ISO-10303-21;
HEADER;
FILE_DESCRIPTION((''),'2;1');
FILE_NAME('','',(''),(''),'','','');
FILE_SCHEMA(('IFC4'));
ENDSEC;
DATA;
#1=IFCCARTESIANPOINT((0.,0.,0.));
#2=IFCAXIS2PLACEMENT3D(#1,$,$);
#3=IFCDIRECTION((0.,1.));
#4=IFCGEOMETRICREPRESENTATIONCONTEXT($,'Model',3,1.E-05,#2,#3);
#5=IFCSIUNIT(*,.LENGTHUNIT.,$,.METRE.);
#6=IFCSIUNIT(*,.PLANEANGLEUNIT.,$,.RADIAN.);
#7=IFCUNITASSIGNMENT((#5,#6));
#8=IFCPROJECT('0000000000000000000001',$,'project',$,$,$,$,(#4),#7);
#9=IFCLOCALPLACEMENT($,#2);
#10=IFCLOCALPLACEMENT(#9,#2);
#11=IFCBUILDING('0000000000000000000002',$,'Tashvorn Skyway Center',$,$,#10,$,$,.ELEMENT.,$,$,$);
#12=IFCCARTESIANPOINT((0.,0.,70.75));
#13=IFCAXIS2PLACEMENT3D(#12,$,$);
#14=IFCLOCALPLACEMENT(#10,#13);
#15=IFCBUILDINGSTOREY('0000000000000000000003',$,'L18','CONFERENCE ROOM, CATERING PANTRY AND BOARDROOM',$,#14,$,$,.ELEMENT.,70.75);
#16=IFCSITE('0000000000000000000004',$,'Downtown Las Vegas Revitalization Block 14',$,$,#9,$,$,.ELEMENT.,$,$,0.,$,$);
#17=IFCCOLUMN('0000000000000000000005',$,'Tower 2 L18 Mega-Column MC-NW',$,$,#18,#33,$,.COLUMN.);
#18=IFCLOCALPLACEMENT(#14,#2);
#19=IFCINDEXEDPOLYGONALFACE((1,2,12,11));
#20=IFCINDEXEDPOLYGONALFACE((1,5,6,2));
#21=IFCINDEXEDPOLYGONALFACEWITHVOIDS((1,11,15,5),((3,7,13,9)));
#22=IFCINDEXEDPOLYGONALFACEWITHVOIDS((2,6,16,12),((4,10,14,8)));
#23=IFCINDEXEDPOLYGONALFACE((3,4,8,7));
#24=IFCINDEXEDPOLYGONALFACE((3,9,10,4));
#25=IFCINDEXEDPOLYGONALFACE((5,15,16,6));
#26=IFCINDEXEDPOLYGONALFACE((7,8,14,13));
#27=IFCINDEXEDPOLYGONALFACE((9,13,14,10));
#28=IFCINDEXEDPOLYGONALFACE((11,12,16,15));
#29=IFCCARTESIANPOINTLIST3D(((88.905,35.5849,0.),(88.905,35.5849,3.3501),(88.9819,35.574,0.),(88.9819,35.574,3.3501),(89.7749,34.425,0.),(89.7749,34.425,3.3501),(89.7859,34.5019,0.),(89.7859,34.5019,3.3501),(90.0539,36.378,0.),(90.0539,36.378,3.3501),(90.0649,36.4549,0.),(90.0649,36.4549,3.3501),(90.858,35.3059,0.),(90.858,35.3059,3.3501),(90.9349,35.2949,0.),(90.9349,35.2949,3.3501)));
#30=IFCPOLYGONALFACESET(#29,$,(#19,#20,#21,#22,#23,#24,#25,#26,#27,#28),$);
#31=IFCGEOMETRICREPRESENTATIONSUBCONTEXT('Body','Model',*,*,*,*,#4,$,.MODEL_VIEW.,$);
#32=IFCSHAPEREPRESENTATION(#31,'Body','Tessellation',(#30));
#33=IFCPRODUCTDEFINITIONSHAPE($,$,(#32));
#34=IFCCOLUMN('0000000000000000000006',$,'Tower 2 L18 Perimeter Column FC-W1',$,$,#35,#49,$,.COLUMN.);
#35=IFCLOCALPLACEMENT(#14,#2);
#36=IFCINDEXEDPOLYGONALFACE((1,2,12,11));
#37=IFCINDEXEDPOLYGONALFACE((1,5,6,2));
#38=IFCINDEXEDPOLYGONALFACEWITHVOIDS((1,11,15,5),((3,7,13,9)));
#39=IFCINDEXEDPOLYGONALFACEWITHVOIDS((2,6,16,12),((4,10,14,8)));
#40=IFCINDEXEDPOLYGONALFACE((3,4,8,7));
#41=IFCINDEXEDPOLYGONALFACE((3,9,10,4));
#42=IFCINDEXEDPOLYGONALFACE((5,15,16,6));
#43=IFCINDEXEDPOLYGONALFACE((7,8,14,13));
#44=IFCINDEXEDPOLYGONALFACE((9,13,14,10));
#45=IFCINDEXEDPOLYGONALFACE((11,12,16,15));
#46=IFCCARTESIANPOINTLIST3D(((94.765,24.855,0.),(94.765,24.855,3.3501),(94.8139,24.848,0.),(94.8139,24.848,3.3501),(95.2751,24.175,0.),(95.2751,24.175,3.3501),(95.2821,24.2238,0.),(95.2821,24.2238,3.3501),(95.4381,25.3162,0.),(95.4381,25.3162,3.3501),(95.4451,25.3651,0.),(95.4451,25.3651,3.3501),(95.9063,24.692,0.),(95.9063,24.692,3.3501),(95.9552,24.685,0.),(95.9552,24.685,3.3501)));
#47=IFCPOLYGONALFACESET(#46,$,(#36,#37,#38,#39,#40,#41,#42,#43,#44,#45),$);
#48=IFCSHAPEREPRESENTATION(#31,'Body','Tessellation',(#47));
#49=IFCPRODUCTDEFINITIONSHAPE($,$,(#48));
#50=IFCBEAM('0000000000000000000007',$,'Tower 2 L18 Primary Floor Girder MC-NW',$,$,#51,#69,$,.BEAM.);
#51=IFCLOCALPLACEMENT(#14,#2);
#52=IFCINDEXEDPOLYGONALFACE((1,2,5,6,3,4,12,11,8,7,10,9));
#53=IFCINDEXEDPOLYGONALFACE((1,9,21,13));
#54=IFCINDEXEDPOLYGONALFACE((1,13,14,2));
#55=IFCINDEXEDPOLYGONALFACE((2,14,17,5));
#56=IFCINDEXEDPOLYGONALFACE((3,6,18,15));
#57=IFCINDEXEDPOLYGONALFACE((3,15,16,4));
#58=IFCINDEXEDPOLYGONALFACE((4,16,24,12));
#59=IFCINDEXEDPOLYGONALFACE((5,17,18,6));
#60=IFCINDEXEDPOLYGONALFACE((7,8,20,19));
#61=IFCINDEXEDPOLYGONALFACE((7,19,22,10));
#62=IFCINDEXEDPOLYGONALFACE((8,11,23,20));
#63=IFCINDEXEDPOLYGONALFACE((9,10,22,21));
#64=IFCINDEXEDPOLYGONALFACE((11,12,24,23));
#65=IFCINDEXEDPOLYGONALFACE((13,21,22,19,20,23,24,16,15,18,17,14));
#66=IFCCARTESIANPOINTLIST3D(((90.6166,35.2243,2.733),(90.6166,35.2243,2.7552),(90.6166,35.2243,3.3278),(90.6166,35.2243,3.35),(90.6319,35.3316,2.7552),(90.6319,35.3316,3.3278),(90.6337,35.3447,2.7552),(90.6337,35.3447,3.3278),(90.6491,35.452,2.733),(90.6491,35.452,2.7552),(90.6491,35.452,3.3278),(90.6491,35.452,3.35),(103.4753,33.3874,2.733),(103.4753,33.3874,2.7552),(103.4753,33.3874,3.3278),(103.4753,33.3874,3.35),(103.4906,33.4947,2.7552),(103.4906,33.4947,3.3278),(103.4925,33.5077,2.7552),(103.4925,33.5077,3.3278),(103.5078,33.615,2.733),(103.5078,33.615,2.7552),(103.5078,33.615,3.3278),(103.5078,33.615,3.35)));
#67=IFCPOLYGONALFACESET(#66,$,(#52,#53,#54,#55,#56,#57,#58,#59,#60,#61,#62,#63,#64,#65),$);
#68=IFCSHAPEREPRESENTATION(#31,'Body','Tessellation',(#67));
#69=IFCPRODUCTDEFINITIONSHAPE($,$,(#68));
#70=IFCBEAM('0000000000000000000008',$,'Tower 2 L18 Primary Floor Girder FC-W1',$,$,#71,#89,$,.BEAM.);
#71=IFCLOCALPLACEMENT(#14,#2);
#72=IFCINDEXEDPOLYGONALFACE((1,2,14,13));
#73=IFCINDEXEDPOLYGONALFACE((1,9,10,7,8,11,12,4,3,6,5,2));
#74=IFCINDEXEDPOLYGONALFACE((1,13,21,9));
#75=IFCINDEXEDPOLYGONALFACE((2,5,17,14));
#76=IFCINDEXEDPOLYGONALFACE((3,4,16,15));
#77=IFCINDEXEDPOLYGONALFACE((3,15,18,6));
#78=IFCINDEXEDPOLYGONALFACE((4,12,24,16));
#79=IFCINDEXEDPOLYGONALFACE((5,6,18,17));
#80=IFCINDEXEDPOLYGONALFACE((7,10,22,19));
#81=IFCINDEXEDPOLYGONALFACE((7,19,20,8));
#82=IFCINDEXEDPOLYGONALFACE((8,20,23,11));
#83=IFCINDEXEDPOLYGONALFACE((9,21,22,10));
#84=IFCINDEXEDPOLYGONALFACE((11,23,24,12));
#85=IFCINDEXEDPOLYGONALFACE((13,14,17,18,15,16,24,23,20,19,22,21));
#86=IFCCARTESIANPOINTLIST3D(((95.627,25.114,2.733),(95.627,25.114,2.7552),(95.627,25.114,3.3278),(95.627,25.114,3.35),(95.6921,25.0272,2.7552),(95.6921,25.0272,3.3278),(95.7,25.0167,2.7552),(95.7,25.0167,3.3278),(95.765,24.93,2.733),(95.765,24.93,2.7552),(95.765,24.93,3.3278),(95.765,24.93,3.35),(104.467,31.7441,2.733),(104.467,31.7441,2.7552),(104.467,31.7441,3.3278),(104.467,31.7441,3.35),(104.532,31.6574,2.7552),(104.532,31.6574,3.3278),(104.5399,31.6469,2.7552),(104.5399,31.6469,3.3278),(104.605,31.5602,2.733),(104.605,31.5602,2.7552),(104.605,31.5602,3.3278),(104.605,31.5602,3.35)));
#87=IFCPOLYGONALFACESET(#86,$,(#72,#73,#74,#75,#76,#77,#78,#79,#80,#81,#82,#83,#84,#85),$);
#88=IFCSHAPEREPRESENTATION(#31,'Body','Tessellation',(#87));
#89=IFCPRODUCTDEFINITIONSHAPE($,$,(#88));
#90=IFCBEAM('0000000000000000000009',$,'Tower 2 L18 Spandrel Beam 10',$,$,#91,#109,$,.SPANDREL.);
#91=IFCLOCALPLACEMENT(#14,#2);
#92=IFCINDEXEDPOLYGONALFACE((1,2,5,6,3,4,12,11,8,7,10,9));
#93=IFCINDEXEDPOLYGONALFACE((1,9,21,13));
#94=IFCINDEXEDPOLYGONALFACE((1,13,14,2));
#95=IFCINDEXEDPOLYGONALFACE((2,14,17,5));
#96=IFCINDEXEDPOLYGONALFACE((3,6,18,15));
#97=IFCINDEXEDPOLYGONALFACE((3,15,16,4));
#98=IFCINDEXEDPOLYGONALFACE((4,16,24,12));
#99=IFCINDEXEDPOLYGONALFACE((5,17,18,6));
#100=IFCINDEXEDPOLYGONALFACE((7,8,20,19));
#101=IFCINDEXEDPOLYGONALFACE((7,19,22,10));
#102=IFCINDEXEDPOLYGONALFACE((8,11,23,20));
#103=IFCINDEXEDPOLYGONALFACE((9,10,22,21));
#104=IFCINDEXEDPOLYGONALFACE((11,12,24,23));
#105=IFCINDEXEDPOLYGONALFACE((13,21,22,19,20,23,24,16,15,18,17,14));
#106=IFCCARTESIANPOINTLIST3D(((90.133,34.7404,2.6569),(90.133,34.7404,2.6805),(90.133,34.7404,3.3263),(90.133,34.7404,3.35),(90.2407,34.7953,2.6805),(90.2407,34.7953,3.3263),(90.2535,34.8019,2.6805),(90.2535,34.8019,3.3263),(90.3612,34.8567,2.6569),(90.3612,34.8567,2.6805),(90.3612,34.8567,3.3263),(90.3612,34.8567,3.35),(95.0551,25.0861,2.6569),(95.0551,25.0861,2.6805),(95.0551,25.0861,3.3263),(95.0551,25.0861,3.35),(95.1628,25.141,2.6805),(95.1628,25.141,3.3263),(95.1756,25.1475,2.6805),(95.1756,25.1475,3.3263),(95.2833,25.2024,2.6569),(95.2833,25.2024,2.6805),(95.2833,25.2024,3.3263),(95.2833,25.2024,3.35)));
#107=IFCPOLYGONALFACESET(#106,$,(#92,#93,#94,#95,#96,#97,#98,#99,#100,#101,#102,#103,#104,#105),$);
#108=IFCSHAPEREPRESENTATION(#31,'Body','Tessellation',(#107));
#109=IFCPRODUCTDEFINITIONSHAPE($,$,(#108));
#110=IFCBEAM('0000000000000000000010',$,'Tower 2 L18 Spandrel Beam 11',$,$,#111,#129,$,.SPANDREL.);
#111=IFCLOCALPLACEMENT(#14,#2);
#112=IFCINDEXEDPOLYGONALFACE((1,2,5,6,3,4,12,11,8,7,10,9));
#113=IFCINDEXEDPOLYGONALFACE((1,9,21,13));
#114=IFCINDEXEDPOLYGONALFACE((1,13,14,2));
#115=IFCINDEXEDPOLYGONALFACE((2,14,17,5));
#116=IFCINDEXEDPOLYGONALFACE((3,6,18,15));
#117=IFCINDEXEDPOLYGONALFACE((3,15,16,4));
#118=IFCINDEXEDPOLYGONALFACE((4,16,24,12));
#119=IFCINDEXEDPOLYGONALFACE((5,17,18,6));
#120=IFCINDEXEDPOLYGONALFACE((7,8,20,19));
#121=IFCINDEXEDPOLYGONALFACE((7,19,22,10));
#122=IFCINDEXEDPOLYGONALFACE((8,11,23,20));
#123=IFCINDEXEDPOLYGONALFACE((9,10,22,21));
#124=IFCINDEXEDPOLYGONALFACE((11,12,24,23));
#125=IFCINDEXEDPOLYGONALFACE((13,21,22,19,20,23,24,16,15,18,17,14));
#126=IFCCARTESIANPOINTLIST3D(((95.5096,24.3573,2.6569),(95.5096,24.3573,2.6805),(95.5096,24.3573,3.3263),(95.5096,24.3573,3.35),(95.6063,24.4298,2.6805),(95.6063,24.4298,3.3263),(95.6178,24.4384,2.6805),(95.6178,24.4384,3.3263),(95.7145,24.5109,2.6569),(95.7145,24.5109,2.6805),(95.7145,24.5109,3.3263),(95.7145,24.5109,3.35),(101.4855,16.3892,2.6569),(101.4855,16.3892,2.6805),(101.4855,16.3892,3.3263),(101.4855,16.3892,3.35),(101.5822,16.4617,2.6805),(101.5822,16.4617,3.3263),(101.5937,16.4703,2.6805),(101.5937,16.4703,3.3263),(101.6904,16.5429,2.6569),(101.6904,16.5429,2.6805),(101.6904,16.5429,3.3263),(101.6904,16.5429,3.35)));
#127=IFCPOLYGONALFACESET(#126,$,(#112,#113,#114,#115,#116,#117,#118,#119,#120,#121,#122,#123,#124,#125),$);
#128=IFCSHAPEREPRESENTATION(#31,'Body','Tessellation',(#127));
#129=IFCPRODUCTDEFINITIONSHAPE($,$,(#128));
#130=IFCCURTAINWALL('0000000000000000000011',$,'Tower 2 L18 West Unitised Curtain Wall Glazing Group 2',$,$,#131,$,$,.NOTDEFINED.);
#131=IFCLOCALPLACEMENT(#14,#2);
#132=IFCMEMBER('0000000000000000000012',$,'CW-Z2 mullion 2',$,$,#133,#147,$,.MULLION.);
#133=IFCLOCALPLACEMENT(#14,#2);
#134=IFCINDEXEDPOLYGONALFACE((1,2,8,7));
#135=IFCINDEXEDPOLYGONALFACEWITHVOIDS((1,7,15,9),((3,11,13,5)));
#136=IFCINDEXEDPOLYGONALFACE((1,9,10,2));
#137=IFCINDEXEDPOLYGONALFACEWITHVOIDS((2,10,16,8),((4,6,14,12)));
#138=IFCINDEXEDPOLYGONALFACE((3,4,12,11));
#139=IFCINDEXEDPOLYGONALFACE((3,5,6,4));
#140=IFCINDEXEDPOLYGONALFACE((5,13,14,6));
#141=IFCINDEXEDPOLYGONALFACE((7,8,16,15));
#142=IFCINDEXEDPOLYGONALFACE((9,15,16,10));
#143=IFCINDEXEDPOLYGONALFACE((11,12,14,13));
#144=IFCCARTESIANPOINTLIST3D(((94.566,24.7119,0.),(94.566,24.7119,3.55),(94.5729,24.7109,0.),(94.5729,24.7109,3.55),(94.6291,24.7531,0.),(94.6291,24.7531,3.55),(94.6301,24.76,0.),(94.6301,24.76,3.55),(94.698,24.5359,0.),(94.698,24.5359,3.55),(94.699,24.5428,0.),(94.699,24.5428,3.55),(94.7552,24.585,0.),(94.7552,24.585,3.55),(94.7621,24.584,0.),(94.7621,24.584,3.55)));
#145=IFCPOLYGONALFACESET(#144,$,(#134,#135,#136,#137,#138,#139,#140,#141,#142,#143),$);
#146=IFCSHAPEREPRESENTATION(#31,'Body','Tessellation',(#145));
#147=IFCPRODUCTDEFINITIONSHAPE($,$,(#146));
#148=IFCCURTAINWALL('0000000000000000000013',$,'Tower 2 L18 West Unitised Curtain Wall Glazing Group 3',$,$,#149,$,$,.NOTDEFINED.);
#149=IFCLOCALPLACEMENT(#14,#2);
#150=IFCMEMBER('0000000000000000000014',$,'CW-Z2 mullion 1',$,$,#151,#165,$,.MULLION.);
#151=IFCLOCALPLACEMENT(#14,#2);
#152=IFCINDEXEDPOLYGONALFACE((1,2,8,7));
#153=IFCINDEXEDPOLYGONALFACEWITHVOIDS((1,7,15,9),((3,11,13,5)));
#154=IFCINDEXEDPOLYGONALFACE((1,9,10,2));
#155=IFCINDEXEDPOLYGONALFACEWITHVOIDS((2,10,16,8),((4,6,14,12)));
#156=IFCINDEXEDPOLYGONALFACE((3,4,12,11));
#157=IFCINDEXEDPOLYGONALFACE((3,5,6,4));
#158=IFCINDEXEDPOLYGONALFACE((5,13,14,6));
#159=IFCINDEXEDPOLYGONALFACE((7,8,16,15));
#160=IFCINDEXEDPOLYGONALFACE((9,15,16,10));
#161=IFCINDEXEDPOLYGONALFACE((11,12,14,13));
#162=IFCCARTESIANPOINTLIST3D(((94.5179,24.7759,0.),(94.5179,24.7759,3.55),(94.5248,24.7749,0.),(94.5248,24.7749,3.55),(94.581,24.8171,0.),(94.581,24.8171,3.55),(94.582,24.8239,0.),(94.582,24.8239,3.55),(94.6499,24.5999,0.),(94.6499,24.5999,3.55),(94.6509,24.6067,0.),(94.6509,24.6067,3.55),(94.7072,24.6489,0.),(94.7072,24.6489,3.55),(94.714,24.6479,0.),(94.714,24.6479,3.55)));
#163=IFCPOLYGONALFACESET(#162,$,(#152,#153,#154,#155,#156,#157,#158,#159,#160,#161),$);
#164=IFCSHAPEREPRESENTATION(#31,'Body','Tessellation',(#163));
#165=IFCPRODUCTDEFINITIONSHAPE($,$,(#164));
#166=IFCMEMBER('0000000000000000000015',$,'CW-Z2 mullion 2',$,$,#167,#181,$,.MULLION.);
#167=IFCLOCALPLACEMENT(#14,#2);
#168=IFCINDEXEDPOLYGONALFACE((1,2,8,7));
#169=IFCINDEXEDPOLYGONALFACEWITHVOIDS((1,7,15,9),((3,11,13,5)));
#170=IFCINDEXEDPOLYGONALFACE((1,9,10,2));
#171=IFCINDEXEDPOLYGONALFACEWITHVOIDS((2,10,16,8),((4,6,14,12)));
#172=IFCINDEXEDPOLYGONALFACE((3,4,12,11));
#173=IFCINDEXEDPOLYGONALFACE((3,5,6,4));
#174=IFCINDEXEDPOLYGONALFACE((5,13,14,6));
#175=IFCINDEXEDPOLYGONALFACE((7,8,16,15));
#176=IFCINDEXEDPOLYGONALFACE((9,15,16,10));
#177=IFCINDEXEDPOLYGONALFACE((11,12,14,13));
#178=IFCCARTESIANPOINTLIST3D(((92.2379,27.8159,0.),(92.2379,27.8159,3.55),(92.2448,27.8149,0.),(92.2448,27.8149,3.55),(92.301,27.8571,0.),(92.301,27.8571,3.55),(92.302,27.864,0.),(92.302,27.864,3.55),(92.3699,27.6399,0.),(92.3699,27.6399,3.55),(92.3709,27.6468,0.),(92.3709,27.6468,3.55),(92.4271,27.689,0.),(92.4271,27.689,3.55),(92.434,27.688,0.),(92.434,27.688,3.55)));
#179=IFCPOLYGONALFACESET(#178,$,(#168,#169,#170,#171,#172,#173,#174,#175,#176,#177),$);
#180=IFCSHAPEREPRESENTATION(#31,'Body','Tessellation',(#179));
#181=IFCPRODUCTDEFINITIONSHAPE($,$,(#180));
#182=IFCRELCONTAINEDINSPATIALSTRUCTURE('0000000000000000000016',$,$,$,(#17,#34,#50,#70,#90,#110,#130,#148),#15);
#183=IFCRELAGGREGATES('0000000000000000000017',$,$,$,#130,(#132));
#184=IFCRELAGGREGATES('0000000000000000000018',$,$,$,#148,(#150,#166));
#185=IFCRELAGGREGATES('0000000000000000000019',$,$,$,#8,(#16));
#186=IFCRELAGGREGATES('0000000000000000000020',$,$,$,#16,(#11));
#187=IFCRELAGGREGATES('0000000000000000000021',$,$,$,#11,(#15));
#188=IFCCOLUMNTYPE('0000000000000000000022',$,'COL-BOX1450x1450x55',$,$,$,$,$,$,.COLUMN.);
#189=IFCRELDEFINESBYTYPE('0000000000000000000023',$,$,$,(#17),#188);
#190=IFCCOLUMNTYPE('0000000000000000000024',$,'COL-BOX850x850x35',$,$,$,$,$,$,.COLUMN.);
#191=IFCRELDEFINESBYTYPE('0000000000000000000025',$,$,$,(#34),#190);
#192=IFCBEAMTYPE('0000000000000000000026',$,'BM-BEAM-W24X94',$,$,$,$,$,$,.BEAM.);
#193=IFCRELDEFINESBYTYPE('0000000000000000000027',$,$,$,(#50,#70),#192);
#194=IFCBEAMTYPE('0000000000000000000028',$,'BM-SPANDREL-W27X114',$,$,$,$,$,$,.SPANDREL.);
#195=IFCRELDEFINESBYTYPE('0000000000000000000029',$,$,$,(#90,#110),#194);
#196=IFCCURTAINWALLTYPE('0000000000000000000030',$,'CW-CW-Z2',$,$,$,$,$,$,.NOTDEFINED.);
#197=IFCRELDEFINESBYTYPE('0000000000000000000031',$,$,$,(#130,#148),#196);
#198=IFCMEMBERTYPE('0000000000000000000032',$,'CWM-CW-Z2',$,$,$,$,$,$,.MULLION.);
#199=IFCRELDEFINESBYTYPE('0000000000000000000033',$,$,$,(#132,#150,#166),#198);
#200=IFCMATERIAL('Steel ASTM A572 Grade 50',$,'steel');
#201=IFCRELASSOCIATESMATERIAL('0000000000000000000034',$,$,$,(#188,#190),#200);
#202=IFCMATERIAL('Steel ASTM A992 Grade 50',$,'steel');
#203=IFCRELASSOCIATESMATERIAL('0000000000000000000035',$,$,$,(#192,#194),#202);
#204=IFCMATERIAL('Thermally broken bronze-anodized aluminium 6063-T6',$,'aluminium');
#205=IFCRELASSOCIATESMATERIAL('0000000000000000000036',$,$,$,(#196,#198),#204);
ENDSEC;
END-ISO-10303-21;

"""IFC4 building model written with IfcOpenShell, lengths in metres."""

from ifc_helpers import new_model, si_unit, direction, frame, origin, origin_2d, place, context, subcontext, project, spatial, hollow_rectangle, i_section, extrude, material, material_profile, profile_set, type_object, element, aggregate, save


model = new_model("IFC4")

# Units and contexts
model_context = context("Model", 3, precision=1e-05, world=origin(), true_north=direction((0.0, 1.0)))
body_context = subcontext(model_context, "Body", "Model", "MODEL_VIEW")
ifc_project = project(units=[si_unit("LENGTHUNIT", "METRE"), si_unit("PLANEANGLEUNIT", "RADIAN")], contexts=[model_context])

# Site, building, storey
site_placement = place(None, origin())
site = spatial("IfcSite", under=ifc_project, at=site_placement, Name="Downtown Las Vegas Revitalization Block 14", CompositionType="ELEMENT", RefElevation=0.0)
building_placement = place(site_placement, origin())
building = spatial("IfcBuilding", under=site, at=building_placement, Name="Tashvorn Skyway Center", CompositionType="ELEMENT")
storey_placement = place(building_placement, frame((0.0, 0.0, 70.75)))
storey = spatial("IfcBuildingStorey", under=building, at=storey_placement, Name="L18", Description="CONFERENCE ROOM, CATERING PANTRY AND BOARDROOM", CompositionType="ELEMENT", Elevation=70.75)

# Columns
ifc_material_1 = material(Name="Steel ASTM A572 Grade 50", Category="steel")
ifc_material_profile_1 = material_profile(ifc_material_1, hollow_rectangle(XDim=1.45, YDim=1.45, WallThickness=0.0549, at=origin_2d()), Name="BOX1450x1450x55")
ifc_profile_set_1 = profile_set([ifc_material_profile_1], Name="Steel ASTM A572 Grade 50")
column_type_1 = type_object("IfcColumnType", Name="COL-BOX1450x1450x55", PredefinedType="COLUMN", material=ifc_profile_set_1)
column_1_placement = place(storey_placement, frame((89.9199, 35.4399, 0.0), z_axis=(0.0, 0.0, 1.0), x_axis=(0.8, 0.6, 0.0)))
element("IfcColumn", 1, at=column_1_placement, inside=storey, type_object=column_type_1, Name="Tower 2 L18 Mega-Column MC-NW", PredefinedType="COLUMN", context=body_context, shape_type="SweptSolid", body=[
    extrude(hollow_rectangle(XDim=1.45, YDim=1.45, WallThickness=0.0549, at=origin_2d()), origin(), (0.0, 0.0, 1.0), 3.3501),
])
ifc_material_profile_2 = material_profile(ifc_material_1, hollow_rectangle(XDim=0.8501, YDim=0.8501, WallThickness=0.0349, at=origin_2d()), Name="BOX850x850x35")
ifc_profile_set_2 = profile_set([ifc_material_profile_2], Name="Steel ASTM A572 Grade 50")
column_type_2 = type_object("IfcColumnType", Name="COL-BOX850x850x35", PredefinedType="COLUMN", material=ifc_profile_set_2)
column_2_placement = place(storey_placement, frame((95.3601, 24.77, 0.0), z_axis=(0.0, 0.0, 1.0), x_axis=(0.8, 0.6, 0.0)))
element("IfcColumn", 2, at=column_2_placement, inside=storey, type_object=column_type_2, Name="Tower 2 L18 Perimeter Column FC-W1", PredefinedType="COLUMN", context=body_context, shape_type="SweptSolid", body=[
    extrude(hollow_rectangle(XDim=0.8501, YDim=0.8501, WallThickness=0.0349, at=origin_2d()), origin(), (0.0, 0.0, 1.0), 3.3501),
])

# Beams
ifc_material_2 = material(Name="Steel ASTM A992 Grade 50", Category="steel")
ifc_material_profile_3 = material_profile(ifc_material_2, i_section(OverallWidth=0.23, OverallDepth=0.6169, WebThickness=0.0132, FlangeThickness=0.0222, at=origin_2d()), Name="W24X94")
ifc_profile_set_3 = profile_set([ifc_material_profile_3], Name="Steel ASTM A992 Grade 50")
beam_type_1 = type_object("IfcBeamType", Name="BM-BEAM-W24X94", PredefinedType="BEAM", material=ifc_profile_set_3)
beam_1_placement = place(storey_placement, frame((90.6328, 35.3381, 3.0415), z_axis=(0.98995, -0.141419, 0.0), x_axis=(0.141419, 0.98995, 0.0)))
element("IfcBeam", 3, at=beam_1_placement, inside=storey, type_object=beam_type_1, Name="Tower 2 L18 Primary Floor Girder MC-NW", PredefinedType="BEAM", context=body_context, shape_type="SweptSolid", body=[
    extrude(i_section(OverallWidth=0.23, OverallDepth=0.6169, WebThickness=0.0132, FlangeThickness=0.0222, at=origin_2d()), origin(), (0.0, 0.0, 1.0), 12.9893),
])
beam_2_placement = place(storey_placement, frame((95.696, 25.022, 3.0415), z_axis=(0.799989, 0.600014, 0.0), x_axis=(-0.600014, 0.799989, 0.0)))
element("IfcBeam", 4, at=beam_2_placement, inside=storey, type_object=beam_type_1, Name="Tower 2 L18 Primary Floor Girder FC-W1", PredefinedType="BEAM", context=body_context, shape_type="SweptSolid", body=[
    extrude(i_section(OverallWidth=0.23, OverallDepth=0.6169, WebThickness=0.0132, FlangeThickness=0.0222, at=origin_2d()), origin(), (0.0, 0.0, 1.0), 11.05),
])
ifc_material_profile_4 = material_profile(ifc_material_2, i_section(OverallWidth=0.2561, OverallDepth=0.6931, WebThickness=0.0144, FlangeThickness=0.0237, at=origin_2d()), Name="W27X114")
ifc_profile_set_4 = profile_set([ifc_material_profile_4], Name="Steel ASTM A992 Grade 50")
beam_type_2 = type_object("IfcBeamType", Name="BM-SPANDREL-W27X114", PredefinedType="SPANDREL", material=ifc_profile_set_4)
beam_3_placement = place(storey_placement, frame((90.2471, 34.7986, 3.0034), z_axis=(0.454211, -0.890894, 0.0), x_axis=(0.890894, 0.454211, 0.0)))
element("IfcBeam", 5, at=beam_3_placement, inside=storey, type_object=beam_type_2, Name="Tower 2 L18 Spandrel Beam 10", PredefinedType="SPANDREL", context=body_context, shape_type="SweptSolid", body=[
    extrude(i_section(OverallWidth=0.2561, OverallDepth=0.6931, WebThickness=0.0144, FlangeThickness=0.0237, at=origin_2d()), origin(), (0.0, 0.0, 1.0), 10.8367),
])
beam_4_placement = place(storey_placement, frame((95.6121, 24.4341, 3.0034), z_axis=(0.599988, -0.800009, 0.0), x_axis=(0.800009, 0.599988, 0.0)))
element("IfcBeam", 6, at=beam_4_placement, inside=storey, type_object=beam_type_2, Name="Tower 2 L18 Spandrel Beam 11", PredefinedType="SPANDREL", context=body_context, shape_type="SweptSolid", body=[
    extrude(i_section(OverallWidth=0.2561, OverallDepth=0.6931, WebThickness=0.0144, FlangeThickness=0.0237, at=origin_2d()), origin(), (0.0, 0.0, 1.0), 9.96),
])

# Curtain wall, member
ifc_material_3 = material(Name="Thermally broken bronze-anodized aluminium 6063-T6", Category="aluminium")
curtain_wall_type = type_object("IfcCurtainWallType", Name="CW-CW-Z2", PredefinedType="NOTDEFINED", material=ifc_material_3)
curtain_wall_1_placement = place(storey_placement, origin())
curtain_wall_1 = element("IfcCurtainWall", 7, at=curtain_wall_1_placement, inside=storey, type_object=curtain_wall_type, Name="Tower 2 L18 West Unitised Curtain Wall Glazing Group 2", PredefinedType="NOTDEFINED")
ifc_material_profile_5 = material_profile(ifc_material_3, hollow_rectangle(XDim=0.0801, YDim=0.22, WallThickness=0.0049, at=origin_2d()), Name="ALU-MULL-80x220")
ifc_profile_set_5 = profile_set([ifc_material_profile_5], Name="Thermally broken bronze-anodized aluminium 6063-T6")
member_type_1 = type_object("IfcMemberType", Name="CWM-CW-Z2", PredefinedType="MULLION", material=ifc_profile_set_5)
member_1_placement = place(storey_placement, frame((94.6641, 24.6479, 0.0), z_axis=(0.0, 0.0, 1.0), x_axis=(-0.8, -0.6, 0.0)))
member_1 = element("IfcMember", 8, at=member_1_placement, type_object=member_type_1, Name="CW-Z2 mullion 2", PredefinedType="MULLION", context=body_context, shape_type="SweptSolid", body=[
    extrude(hollow_rectangle(XDim=0.0801, YDim=0.22, WallThickness=0.0049, at=origin_2d()), origin(), (0.0, 0.0, 1.0), 3.55),
])
aggregate(curtain_wall_1, [member_1])

# Curtain wall, members
curtain_wall_2_placement = place(storey_placement, origin())
curtain_wall_2 = element("IfcCurtainWall", 9, at=curtain_wall_2_placement, inside=storey, type_object=curtain_wall_type, Name="Tower 2 L18 West Unitised Curtain Wall Glazing Group 3", PredefinedType="NOTDEFINED")
member_2_placement = place(storey_placement, frame((94.616, 24.7119, 0.0), z_axis=(0.0, 0.0, 1.0), x_axis=(-0.8, -0.6, 0.0)))
member_2 = element("IfcMember", 10, at=member_2_placement, type_object=member_type_1, Name="CW-Z2 mullion 1", PredefinedType="MULLION", context=body_context, shape_type="SweptSolid", body=[
    extrude(hollow_rectangle(XDim=0.0801, YDim=0.22, WallThickness=0.0049, at=origin_2d()), origin(), (0.0, 0.0, 1.0), 3.55),
])
member_3_placement = place(storey_placement, frame((92.3359, 27.752, 0.0), z_axis=(0.0, 0.0, 1.0), x_axis=(-0.8, -0.6, 0.0)))
member_3 = element("IfcMember", 11, at=member_3_placement, type_object=member_type_1, Name="CW-Z2 mullion 2", PredefinedType="MULLION", context=body_context, shape_type="SweptSolid", body=[
    extrude(hollow_rectangle(XDim=0.0801, YDim=0.22, WallThickness=0.0049, at=origin_2d()), origin(), (0.0, 0.0, 1.0), 3.55),
])

aggregate(curtain_wall_2, [member_2, member_3])

save(model, "model.ifc")
